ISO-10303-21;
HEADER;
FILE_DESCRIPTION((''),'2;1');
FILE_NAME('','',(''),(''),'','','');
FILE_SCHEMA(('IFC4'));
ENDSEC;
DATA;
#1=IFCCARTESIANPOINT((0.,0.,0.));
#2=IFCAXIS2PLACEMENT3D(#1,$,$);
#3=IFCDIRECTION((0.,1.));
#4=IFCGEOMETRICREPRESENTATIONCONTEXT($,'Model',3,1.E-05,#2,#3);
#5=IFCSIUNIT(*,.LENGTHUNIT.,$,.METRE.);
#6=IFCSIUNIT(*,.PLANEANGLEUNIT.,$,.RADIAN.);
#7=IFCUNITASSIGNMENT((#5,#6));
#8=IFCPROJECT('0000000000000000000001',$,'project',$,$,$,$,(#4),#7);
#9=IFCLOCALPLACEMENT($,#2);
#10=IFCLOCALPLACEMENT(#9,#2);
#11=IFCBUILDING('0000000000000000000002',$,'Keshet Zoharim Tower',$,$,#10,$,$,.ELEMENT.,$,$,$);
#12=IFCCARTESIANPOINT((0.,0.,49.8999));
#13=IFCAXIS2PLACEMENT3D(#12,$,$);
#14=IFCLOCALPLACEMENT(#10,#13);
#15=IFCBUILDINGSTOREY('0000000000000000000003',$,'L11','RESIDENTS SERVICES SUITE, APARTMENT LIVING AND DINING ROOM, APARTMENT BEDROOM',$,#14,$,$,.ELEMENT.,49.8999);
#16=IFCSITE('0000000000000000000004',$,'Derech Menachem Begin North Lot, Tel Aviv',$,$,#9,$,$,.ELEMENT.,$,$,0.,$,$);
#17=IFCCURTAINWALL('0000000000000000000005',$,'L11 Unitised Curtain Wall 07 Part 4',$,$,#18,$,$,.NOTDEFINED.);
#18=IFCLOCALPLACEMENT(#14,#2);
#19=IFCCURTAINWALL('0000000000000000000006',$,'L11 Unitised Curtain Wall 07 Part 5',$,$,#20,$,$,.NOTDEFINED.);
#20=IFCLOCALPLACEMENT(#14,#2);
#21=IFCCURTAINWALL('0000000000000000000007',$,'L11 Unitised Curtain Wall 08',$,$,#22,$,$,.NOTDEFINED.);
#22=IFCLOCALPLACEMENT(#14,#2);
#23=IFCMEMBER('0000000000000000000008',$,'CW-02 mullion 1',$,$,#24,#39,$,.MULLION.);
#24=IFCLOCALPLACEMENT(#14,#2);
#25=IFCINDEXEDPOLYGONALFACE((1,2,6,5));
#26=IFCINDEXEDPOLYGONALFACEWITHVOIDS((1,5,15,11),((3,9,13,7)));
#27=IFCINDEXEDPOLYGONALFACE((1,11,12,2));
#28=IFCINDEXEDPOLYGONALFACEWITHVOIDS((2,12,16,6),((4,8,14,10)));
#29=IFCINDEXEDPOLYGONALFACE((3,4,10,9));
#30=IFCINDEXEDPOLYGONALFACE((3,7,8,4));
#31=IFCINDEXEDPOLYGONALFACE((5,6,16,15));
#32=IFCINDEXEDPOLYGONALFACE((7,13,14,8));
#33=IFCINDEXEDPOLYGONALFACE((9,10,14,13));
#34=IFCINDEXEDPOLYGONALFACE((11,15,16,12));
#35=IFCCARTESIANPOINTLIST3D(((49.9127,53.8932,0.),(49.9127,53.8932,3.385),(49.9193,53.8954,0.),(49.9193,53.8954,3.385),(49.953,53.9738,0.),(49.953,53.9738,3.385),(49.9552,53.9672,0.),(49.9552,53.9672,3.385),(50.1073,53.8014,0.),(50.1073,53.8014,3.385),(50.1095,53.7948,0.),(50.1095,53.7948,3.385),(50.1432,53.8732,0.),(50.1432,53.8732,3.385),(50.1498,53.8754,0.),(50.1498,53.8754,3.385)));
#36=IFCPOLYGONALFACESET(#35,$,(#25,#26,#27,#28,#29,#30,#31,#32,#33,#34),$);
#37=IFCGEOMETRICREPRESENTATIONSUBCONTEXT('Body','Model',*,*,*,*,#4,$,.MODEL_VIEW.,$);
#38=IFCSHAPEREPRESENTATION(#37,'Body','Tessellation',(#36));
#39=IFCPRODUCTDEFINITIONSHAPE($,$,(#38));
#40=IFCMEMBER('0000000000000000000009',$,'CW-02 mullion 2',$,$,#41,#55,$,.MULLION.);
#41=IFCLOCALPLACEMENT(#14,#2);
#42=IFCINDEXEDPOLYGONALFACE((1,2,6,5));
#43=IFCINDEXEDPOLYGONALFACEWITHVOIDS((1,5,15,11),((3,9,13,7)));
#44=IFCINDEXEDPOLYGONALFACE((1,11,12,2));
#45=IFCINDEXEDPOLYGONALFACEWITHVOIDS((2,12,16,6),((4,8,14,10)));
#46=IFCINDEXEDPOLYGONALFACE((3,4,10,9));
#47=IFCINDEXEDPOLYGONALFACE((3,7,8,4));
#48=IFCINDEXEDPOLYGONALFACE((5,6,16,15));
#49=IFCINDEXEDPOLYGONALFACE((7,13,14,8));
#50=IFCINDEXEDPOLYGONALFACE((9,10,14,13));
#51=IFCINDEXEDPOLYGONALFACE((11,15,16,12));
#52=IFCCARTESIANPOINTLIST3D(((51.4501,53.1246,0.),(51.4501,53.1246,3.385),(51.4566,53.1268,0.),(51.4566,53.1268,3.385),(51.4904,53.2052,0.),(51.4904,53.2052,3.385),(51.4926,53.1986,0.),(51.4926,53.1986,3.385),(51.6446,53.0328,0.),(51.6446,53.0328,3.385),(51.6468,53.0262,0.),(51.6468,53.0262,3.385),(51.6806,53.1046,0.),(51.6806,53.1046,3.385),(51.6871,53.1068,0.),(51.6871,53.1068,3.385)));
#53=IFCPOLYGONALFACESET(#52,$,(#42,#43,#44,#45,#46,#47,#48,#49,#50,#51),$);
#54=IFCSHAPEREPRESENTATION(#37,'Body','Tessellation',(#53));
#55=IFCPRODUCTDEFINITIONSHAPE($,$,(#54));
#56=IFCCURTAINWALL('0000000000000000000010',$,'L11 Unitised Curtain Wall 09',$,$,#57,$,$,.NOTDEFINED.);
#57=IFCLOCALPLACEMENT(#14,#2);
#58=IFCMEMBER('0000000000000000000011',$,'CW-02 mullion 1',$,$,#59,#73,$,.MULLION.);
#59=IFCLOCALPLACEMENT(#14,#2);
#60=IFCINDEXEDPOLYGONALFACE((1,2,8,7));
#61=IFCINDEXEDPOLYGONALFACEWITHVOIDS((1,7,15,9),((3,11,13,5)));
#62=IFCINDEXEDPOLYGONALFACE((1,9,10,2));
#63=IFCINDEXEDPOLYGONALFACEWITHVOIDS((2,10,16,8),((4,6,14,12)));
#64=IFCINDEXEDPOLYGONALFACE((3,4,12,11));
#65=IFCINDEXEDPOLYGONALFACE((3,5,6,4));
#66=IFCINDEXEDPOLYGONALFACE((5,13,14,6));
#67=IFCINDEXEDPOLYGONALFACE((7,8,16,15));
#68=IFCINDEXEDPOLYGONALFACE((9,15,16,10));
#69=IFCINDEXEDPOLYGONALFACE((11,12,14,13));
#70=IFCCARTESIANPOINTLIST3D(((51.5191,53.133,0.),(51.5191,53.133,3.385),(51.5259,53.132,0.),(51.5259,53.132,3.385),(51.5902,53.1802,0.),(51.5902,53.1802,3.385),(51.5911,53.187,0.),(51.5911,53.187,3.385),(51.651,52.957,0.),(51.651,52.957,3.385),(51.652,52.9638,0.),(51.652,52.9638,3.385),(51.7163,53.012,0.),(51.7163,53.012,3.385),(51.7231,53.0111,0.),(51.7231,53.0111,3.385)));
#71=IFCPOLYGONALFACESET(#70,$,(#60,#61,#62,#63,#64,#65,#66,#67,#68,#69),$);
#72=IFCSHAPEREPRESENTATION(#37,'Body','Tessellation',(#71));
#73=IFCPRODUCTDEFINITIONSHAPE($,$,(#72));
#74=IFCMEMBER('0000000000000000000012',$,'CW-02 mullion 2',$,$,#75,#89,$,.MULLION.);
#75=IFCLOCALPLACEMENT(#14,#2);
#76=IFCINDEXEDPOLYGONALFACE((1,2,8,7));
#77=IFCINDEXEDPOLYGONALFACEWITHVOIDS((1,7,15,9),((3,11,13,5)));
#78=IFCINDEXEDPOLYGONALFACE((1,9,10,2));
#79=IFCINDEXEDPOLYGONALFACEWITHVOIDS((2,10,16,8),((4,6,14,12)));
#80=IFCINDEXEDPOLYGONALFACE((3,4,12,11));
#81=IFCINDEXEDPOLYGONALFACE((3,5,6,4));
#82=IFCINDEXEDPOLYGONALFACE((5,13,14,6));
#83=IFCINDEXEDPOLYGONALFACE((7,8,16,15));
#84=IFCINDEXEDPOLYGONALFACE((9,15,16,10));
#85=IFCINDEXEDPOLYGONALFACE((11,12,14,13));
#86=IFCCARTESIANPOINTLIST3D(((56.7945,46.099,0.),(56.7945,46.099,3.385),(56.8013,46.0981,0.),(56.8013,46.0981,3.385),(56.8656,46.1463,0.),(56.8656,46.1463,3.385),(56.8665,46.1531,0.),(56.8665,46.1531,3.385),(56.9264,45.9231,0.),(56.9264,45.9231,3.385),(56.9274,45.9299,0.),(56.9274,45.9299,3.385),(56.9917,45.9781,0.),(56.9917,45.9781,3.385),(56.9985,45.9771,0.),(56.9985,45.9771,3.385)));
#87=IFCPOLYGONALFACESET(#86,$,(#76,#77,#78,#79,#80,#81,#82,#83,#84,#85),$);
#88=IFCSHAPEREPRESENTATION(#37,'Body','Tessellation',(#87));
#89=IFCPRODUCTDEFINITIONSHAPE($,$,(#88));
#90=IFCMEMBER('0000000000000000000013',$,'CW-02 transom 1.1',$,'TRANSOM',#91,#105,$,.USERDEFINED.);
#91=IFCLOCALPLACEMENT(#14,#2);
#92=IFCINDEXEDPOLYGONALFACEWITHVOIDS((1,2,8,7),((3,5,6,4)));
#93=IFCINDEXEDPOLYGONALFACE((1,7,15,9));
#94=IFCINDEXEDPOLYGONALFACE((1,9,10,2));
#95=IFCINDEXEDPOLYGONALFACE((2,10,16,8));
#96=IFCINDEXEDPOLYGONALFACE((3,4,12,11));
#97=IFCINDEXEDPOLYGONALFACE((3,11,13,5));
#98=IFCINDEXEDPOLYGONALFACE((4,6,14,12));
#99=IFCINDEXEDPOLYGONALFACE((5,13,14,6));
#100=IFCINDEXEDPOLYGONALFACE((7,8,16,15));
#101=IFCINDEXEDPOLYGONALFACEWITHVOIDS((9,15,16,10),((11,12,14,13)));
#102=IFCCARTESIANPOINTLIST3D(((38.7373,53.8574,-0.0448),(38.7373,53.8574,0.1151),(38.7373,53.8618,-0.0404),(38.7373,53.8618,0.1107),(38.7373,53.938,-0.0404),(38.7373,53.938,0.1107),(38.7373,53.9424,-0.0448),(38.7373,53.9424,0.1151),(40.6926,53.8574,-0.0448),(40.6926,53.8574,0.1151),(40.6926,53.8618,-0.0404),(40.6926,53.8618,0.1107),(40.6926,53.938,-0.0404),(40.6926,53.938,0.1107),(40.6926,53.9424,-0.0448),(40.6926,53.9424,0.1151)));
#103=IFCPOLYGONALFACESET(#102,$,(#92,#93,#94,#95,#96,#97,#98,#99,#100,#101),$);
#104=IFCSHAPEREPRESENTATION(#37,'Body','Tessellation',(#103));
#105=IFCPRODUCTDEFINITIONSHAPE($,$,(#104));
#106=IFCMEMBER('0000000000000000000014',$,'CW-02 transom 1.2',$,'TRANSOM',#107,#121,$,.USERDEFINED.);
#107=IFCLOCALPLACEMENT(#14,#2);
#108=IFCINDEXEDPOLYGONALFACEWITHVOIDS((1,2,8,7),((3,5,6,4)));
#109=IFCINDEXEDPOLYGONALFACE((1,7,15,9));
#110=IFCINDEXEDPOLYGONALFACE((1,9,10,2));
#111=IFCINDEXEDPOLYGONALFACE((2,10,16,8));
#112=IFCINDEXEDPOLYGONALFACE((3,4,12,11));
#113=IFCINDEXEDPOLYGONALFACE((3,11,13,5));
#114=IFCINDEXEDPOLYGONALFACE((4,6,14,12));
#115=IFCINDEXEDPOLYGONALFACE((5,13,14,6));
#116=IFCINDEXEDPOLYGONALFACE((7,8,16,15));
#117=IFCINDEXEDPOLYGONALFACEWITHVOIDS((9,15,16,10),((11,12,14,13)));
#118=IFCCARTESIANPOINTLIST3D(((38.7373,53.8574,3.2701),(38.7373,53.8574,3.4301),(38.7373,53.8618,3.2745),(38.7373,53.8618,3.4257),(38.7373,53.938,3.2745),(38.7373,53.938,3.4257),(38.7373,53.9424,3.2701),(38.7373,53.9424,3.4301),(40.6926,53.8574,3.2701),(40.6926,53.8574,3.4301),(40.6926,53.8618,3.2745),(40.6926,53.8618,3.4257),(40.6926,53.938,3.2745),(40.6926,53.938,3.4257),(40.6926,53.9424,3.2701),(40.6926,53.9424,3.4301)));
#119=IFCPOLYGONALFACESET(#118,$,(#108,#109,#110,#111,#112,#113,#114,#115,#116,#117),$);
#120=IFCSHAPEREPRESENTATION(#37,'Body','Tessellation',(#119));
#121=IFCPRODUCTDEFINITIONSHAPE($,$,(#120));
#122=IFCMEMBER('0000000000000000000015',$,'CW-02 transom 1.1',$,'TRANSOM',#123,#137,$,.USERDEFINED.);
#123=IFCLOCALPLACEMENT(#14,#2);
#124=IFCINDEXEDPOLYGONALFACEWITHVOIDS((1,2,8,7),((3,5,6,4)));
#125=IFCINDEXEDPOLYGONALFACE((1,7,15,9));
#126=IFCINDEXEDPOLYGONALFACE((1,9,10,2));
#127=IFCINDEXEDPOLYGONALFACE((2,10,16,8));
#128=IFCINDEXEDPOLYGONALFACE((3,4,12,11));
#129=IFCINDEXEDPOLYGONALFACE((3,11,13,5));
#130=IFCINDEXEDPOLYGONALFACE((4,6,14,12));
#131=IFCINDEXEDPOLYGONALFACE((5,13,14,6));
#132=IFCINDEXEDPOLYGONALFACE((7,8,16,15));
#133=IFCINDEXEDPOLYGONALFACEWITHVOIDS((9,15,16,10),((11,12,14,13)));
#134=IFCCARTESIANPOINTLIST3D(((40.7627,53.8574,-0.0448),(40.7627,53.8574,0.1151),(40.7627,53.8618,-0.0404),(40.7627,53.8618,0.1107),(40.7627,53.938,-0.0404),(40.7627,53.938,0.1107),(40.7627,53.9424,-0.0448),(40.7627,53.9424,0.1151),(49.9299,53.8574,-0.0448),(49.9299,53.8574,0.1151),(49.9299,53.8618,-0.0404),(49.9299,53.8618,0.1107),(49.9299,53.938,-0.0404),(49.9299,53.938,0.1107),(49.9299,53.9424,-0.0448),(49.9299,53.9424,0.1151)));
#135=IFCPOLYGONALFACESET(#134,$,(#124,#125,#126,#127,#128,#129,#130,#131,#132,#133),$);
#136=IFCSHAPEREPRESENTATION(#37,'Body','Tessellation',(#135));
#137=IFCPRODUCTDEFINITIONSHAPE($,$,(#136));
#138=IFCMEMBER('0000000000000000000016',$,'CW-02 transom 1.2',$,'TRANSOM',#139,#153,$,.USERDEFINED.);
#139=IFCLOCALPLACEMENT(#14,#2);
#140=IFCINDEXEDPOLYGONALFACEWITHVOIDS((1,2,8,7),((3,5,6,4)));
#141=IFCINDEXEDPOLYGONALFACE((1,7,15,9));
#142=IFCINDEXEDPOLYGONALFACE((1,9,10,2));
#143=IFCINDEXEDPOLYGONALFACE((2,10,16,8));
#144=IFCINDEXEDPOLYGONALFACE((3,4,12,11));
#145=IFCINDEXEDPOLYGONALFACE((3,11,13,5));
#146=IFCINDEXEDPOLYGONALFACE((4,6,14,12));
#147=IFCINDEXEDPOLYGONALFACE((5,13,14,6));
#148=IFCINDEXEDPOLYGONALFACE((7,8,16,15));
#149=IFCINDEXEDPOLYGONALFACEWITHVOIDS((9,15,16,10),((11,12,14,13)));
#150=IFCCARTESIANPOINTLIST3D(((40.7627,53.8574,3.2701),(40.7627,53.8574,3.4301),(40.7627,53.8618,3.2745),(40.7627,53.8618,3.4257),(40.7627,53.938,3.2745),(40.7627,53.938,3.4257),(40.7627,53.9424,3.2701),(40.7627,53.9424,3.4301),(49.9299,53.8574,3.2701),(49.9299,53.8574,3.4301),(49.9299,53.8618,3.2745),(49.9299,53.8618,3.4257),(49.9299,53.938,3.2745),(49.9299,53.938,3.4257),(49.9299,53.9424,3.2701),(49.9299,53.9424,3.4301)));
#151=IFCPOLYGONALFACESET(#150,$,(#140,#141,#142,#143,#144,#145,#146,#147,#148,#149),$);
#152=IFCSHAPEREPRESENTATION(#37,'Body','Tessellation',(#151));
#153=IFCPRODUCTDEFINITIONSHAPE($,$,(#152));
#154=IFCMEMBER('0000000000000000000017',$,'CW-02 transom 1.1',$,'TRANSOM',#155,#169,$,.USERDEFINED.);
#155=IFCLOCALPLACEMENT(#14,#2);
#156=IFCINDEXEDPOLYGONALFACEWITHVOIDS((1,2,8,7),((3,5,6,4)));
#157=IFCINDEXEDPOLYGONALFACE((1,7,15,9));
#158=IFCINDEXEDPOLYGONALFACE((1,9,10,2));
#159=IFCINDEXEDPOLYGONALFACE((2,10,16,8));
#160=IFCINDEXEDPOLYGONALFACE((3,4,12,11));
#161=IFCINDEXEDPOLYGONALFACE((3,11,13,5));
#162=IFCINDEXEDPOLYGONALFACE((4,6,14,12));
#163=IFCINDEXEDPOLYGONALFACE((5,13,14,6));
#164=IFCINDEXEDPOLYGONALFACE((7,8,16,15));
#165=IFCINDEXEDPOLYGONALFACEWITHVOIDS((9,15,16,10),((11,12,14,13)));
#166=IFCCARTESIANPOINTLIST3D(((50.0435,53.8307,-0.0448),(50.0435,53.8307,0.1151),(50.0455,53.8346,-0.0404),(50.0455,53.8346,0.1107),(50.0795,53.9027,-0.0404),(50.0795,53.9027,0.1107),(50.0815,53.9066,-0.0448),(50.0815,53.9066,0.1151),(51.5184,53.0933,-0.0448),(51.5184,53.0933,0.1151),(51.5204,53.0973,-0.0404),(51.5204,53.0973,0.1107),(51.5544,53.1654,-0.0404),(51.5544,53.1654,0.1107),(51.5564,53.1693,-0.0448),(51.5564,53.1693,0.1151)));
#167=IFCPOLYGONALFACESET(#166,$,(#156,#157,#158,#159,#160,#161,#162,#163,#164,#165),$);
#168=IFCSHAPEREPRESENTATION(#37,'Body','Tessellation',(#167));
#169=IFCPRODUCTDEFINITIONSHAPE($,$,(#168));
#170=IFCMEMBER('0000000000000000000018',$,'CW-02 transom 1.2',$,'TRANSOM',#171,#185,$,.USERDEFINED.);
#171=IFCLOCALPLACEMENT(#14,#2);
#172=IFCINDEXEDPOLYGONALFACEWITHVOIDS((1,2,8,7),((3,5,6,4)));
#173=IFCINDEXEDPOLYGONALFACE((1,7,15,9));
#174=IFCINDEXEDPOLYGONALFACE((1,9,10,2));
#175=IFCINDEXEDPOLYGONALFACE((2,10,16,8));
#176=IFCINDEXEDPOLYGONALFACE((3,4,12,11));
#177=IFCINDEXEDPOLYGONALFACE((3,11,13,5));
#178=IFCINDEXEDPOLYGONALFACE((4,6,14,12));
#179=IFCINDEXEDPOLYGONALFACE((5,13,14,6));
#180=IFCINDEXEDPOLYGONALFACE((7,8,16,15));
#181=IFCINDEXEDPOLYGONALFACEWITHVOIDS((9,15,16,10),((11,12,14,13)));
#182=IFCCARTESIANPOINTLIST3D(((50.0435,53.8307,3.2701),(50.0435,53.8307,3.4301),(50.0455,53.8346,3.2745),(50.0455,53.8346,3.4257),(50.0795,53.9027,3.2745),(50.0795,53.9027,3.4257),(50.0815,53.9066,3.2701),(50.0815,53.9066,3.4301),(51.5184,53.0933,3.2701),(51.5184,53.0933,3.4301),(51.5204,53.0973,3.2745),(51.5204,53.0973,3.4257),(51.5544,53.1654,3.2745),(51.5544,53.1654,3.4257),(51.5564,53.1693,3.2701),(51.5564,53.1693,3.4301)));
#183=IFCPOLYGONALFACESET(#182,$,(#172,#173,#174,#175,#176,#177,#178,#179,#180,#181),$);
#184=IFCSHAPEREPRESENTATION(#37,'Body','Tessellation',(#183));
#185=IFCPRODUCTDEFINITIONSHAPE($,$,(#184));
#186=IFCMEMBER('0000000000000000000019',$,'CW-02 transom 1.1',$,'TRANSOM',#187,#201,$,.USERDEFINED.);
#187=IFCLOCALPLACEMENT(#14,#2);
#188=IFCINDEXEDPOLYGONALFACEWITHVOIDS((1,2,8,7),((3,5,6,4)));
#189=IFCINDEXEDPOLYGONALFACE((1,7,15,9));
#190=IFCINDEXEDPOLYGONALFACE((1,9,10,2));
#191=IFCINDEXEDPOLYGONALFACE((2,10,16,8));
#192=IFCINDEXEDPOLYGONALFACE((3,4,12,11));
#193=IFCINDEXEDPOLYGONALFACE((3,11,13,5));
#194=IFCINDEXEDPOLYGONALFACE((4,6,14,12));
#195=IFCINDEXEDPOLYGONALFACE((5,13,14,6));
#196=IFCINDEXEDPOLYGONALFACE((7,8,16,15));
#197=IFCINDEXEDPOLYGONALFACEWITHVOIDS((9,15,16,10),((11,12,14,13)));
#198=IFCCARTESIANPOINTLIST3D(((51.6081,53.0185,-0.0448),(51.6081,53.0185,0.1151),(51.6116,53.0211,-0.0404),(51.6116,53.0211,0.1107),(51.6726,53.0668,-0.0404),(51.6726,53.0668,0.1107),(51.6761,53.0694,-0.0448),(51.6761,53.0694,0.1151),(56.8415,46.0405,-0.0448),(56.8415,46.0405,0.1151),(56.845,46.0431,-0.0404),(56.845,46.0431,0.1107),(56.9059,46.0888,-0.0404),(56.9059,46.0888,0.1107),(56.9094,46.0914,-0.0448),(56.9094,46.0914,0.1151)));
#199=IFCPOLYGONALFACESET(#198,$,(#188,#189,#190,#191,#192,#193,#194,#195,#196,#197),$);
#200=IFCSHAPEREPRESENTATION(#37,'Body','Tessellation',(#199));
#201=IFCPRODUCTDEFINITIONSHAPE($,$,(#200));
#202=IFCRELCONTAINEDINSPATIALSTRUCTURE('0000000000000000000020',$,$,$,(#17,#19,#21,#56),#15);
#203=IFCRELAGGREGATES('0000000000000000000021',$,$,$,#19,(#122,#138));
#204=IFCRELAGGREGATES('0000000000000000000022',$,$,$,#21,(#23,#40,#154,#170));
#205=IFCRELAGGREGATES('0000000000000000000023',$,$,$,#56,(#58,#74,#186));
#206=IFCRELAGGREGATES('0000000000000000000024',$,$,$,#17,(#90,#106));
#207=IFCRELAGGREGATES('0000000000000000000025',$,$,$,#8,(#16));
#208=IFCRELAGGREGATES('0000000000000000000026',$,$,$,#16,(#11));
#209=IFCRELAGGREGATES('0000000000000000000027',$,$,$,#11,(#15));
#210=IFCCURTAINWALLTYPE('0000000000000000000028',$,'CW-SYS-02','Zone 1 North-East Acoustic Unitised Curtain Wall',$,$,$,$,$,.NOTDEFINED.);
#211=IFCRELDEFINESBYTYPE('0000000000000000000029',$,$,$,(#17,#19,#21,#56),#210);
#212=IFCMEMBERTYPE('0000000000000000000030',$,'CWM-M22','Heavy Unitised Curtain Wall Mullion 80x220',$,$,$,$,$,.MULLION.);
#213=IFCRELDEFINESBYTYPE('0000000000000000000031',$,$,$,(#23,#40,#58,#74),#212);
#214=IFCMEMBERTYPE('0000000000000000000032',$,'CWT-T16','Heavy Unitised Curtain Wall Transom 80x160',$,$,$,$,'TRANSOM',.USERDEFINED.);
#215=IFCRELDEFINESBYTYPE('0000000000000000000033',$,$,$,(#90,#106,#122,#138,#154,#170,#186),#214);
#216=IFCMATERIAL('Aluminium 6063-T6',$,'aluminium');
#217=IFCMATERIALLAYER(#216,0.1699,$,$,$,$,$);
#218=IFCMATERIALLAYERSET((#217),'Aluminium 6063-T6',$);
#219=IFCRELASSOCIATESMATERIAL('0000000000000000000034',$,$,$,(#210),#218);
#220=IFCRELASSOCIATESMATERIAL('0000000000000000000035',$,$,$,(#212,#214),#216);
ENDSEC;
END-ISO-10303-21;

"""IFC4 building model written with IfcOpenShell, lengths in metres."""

from ifc_helpers import new_model, si_unit, direction, frame, origin, origin_2d, place, context, subcontext, project, spatial, hollow_rectangle, extrude, material, layer, layer_set, material_profile, profile_set, type_object, element, aggregate, save


model = new_model("IFC4")

# Units and contexts
model_context = context("Model", 3, precision=1e-05, world=origin(), true_north=direction((0.0, 1.0)))
body_context = subcontext(model_context, "Body", "Model", "MODEL_VIEW")
ifc_project = project(units=[si_unit("LENGTHUNIT", "METRE"), si_unit("PLANEANGLEUNIT", "RADIAN")], contexts=[model_context])

# Site, building, storey
site_placement = place(None, origin())
site = spatial("IfcSite", under=ifc_project, at=site_placement, Name="Derech Menachem Begin North Lot, Tel Aviv", CompositionType="ELEMENT", RefElevation=0.0)
building_placement = place(site_placement, origin())
building = spatial("IfcBuilding", under=site, at=building_placement, Name="Keshet Zoharim Tower", CompositionType="ELEMENT")
storey_placement = place(building_placement, frame((0.0, 0.0, 49.8999)))
storey = spatial("IfcBuildingStorey", under=building, at=storey_placement, Name="L11", Description="RESIDENTS SERVICES SUITE, APARTMENT LIVING AND DINING ROOM, APARTMENT BEDROOM", CompositionType="ELEMENT", Elevation=49.8999)

# Curtain walls
ifc_material_1 = material(Name="Aluminium 6063-T6", Category="aluminium")
ifc_layer_1 = layer(ifc_material_1, 0.1699)
ifc_layer_set_1 = layer_set([ifc_layer_1], Name="Aluminium 6063-T6")
curtain_wall_type = type_object("IfcCurtainWallType", Name="CW-SYS-02", Description="Zone 1 North-East Acoustic Unitised Curtain Wall", PredefinedType="NOTDEFINED", material=ifc_layer_set_1)
ifc_material_profile_1 = material_profile(ifc_material_1, hollow_rectangle(XDim=0.0901, YDim=0.22, WallThickness=0.0049, at=origin_2d()), Name="MUL-90x220")
ifc_profile_set_1 = profile_set([ifc_material_profile_1], Name="Aluminium 6063-T6")
member_type_1 = type_object("IfcMemberType", Name="CWM-M22", Description="Heavy Unitised Curtain Wall Mullion 80x220", PredefinedType="MULLION", material=ifc_profile_set_1)
curtain_wall_1_placement = place(storey_placement, origin())
curtain_wall_1 = element("IfcCurtainWall", 1, at=curtain_wall_1_placement, inside=storey, type_object=curtain_wall_type, Name="L11 Unitised Curtain Wall 07 Part 4", PredefinedType="NOTDEFINED")
curtain_wall_2_placement = place(storey_placement, origin())
curtain_wall_2 = element("IfcCurtainWall", 2, at=curtain_wall_2_placement, inside=storey, type_object=curtain_wall_type, Name="L11 Unitised Curtain Wall 07 Part 5", PredefinedType="NOTDEFINED")

# Curtain walls, members
curtain_wall_3_placement = place(storey_placement, origin())
curtain_wall_3 = element("IfcCurtainWall", 3, at=curtain_wall_3_placement, inside=storey, type_object=curtain_wall_type, Name="L11 Unitised Curtain Wall 08", PredefinedType="NOTDEFINED")
member_1_placement = place(storey_placement, frame((50.0312, 53.8843, 0.0), z_axis=(0.0, 0.0, 1.0), x_axis=(0.447214, 0.894427, 0.0)))
member_1 = element("IfcMember", 4, at=member_1_placement, type_object=member_type_1, Name="CW-02 mullion 1", PredefinedType="MULLION", context=body_context, shape_type="SweptSolid", body=[
    extrude(hollow_rectangle(XDim=0.0901, YDim=0.22, WallThickness=0.0049, at=origin_2d()), origin(), (0.0, 0.0, 1.0), 3.385),
])
member_2_placement = place(storey_placement, frame((51.5686, 53.1157, 0.0), z_axis=(0.0, 0.0, 1.0), x_axis=(0.447214, 0.894427, 0.0)))
member_2 = element("IfcMember", 5, at=member_2_placement, type_object=member_type_1, Name="CW-02 mullion 2", PredefinedType="MULLION", context=body_context, shape_type="SweptSolid", body=[
    extrude(hollow_rectangle(XDim=0.0901, YDim=0.22, WallThickness=0.0049, at=origin_2d()), origin(), (0.0, 0.0, 1.0), 3.385),
])
curtain_wall_4_placement = place(storey_placement, origin())
curtain_wall_4 = element("IfcCurtainWall", 6, at=curtain_wall_4_placement, inside=storey, type_object=curtain_wall_type, Name="L11 Unitised Curtain Wall 09", PredefinedType="NOTDEFINED")
member_3_placement = place(storey_placement, frame((51.6211, 53.072, 0.0), z_axis=(0.0, 0.0, 1.0), x_axis=(0.8, 0.6, 0.0)))
member_3 = element("IfcMember", 7, at=member_3_placement, type_object=member_type_1, Name="CW-02 mullion 1", PredefinedType="MULLION", context=body_context, shape_type="SweptSolid", body=[
    extrude(hollow_rectangle(XDim=0.0901, YDim=0.22, WallThickness=0.0049, at=origin_2d()), origin(), (0.0, 0.0, 1.0), 3.385),
])
member_4_placement = place(storey_placement, frame((56.8965, 46.0381, 0.0), z_axis=(0.0, 0.0, 1.0), x_axis=(0.8, 0.6, 0.0)))
member_4 = element("IfcMember", 8, at=member_4_placement, type_object=member_type_1, Name="CW-02 mullion 2", PredefinedType="MULLION", context=body_context, shape_type="SweptSolid", body=[
    extrude(hollow_rectangle(XDim=0.0901, YDim=0.22, WallThickness=0.0049, at=origin_2d()), origin(), (0.0, 0.0, 1.0), 3.385),
])

# Members
ifc_material_profile_2 = material_profile(ifc_material_1, hollow_rectangle(XDim=0.085, YDim=0.1599, WallThickness=0.0044, at=origin_2d()), Name="TRN-85x160")
ifc_profile_set_2 = profile_set([ifc_material_profile_2], Name="Aluminium 6063-T6")
member_type_2 = type_object("IfcMemberType", Name="CWT-T16", Description="Heavy Unitised Curtain Wall Transom 80x160", ElementType="TRANSOM", PredefinedType="USERDEFINED", material=ifc_profile_set_2)
member_5_placement = place(storey_placement, frame((38.7373, 53.8999, 0.0352), z_axis=(1.0, 0.0, 0.0), x_axis=(0.0, 1.0, 0.0)))
member_5 = element("IfcMember", 9, at=member_5_placement, type_object=member_type_2, Name="CW-02 transom 1.1", ObjectType="TRANSOM", PredefinedType="USERDEFINED", context=body_context, shape_type="SweptSolid", body=[
    extrude(hollow_rectangle(XDim=0.085, YDim=0.1599, WallThickness=0.0044, at=origin_2d()), origin(), (0.0, 0.0, 1.0), 1.9553),
])
member_6_placement = place(storey_placement, frame((38.7373, 53.8999, 3.3501), z_axis=(1.0, 0.0, 0.0), x_axis=(0.0, 1.0, 0.0)))
member_6 = element("IfcMember", 10, at=member_6_placement, type_object=member_type_2, Name="CW-02 transom 1.2", ObjectType="TRANSOM", PredefinedType="USERDEFINED", context=body_context, shape_type="SweptSolid", body=[
    extrude(hollow_rectangle(XDim=0.085, YDim=0.1599, WallThickness=0.0044, at=origin_2d()), origin(), (0.0, 0.0, 1.0), 1.9553),
])
member_7_placement = place(storey_placement, frame((40.7627, 53.8999, 0.0352), z_axis=(1.0, 0.0, 0.0), x_axis=(0.0, 1.0, 0.0)))
member_7 = element("IfcMember", 11, at=member_7_placement, type_object=member_type_2, Name="CW-02 transom 1.1", ObjectType="TRANSOM", PredefinedType="USERDEFINED", context=body_context, shape_type="SweptSolid", body=[
    extrude(hollow_rectangle(XDim=0.085, YDim=0.1599, WallThickness=0.0044, at=origin_2d()), origin(), (0.0, 0.0, 1.0), 9.1672),
])
member_8_placement = place(storey_placement, frame((40.7627, 53.8999, 3.3501), z_axis=(1.0, 0.0, 0.0), x_axis=(0.0, 1.0, 0.0)))
member_8 = element("IfcMember", 12, at=member_8_placement, type_object=member_type_2, Name="CW-02 transom 1.2", ObjectType="TRANSOM", PredefinedType="USERDEFINED", context=body_context, shape_type="SweptSolid", body=[
    extrude(hollow_rectangle(XDim=0.085, YDim=0.1599, WallThickness=0.0044, at=origin_2d()), origin(), (0.0, 0.0, 1.0), 9.1672),
])
member_9_placement = place(storey_placement, frame((50.0625, 53.8687, 0.0352), z_axis=(0.894457, -0.447154, 0.0), x_axis=(0.447154, 0.894457, 0.0)))
member_9 = element("IfcMember", 13, at=member_9_placement, type_object=member_type_2, Name="CW-02 transom 1.1", ObjectType="TRANSOM", PredefinedType="USERDEFINED", context=body_context, shape_type="SweptSolid", body=[
    extrude(hollow_rectangle(XDim=0.085, YDim=0.1599, WallThickness=0.0044, at=origin_2d()), origin(), (0.0, 0.0, 1.0), 1.6489),
])
member_10_placement = place(storey_placement, frame((50.0625, 53.8687, 3.3501), z_axis=(0.894457, -0.447154, 0.0), x_axis=(0.447154, 0.894457, 0.0)))
member_10 = element("IfcMember", 14, at=member_10_placement, type_object=member_type_2, Name="CW-02 transom 1.2", ObjectType="TRANSOM", PredefinedType="USERDEFINED", context=body_context, shape_type="SweptSolid", body=[
    extrude(hollow_rectangle(XDim=0.085, YDim=0.1599, WallThickness=0.0044, at=origin_2d()), origin(), (0.0, 0.0, 1.0), 1.6489),
])
member_11_placement = place(storey_placement, frame((51.6421, 53.0439, 0.0352), z_axis=(0.599991, -0.800007, 0.0), x_axis=(0.800007, 0.599991, 0.0)))
member_11 = element("IfcMember", 15, at=member_11_placement, type_object=member_type_2, Name="CW-02 transom 1.1", ObjectType="TRANSOM", PredefinedType="USERDEFINED", context=body_context, shape_type="SweptSolid", body=[
    extrude(hollow_rectangle(XDim=0.085, YDim=0.1599, WallThickness=0.0044, at=origin_2d()), origin(), (0.0, 0.0, 1.0), 8.7224),
])

aggregate(curtain_wall_2, [member_7, member_8])
aggregate(curtain_wall_3, [member_1, member_2, member_9, member_10])
aggregate(curtain_wall_4, [member_3, member_4, member_11])
aggregate(curtain_wall_1, [member_5, member_6])

save(model, "model.ifc")
